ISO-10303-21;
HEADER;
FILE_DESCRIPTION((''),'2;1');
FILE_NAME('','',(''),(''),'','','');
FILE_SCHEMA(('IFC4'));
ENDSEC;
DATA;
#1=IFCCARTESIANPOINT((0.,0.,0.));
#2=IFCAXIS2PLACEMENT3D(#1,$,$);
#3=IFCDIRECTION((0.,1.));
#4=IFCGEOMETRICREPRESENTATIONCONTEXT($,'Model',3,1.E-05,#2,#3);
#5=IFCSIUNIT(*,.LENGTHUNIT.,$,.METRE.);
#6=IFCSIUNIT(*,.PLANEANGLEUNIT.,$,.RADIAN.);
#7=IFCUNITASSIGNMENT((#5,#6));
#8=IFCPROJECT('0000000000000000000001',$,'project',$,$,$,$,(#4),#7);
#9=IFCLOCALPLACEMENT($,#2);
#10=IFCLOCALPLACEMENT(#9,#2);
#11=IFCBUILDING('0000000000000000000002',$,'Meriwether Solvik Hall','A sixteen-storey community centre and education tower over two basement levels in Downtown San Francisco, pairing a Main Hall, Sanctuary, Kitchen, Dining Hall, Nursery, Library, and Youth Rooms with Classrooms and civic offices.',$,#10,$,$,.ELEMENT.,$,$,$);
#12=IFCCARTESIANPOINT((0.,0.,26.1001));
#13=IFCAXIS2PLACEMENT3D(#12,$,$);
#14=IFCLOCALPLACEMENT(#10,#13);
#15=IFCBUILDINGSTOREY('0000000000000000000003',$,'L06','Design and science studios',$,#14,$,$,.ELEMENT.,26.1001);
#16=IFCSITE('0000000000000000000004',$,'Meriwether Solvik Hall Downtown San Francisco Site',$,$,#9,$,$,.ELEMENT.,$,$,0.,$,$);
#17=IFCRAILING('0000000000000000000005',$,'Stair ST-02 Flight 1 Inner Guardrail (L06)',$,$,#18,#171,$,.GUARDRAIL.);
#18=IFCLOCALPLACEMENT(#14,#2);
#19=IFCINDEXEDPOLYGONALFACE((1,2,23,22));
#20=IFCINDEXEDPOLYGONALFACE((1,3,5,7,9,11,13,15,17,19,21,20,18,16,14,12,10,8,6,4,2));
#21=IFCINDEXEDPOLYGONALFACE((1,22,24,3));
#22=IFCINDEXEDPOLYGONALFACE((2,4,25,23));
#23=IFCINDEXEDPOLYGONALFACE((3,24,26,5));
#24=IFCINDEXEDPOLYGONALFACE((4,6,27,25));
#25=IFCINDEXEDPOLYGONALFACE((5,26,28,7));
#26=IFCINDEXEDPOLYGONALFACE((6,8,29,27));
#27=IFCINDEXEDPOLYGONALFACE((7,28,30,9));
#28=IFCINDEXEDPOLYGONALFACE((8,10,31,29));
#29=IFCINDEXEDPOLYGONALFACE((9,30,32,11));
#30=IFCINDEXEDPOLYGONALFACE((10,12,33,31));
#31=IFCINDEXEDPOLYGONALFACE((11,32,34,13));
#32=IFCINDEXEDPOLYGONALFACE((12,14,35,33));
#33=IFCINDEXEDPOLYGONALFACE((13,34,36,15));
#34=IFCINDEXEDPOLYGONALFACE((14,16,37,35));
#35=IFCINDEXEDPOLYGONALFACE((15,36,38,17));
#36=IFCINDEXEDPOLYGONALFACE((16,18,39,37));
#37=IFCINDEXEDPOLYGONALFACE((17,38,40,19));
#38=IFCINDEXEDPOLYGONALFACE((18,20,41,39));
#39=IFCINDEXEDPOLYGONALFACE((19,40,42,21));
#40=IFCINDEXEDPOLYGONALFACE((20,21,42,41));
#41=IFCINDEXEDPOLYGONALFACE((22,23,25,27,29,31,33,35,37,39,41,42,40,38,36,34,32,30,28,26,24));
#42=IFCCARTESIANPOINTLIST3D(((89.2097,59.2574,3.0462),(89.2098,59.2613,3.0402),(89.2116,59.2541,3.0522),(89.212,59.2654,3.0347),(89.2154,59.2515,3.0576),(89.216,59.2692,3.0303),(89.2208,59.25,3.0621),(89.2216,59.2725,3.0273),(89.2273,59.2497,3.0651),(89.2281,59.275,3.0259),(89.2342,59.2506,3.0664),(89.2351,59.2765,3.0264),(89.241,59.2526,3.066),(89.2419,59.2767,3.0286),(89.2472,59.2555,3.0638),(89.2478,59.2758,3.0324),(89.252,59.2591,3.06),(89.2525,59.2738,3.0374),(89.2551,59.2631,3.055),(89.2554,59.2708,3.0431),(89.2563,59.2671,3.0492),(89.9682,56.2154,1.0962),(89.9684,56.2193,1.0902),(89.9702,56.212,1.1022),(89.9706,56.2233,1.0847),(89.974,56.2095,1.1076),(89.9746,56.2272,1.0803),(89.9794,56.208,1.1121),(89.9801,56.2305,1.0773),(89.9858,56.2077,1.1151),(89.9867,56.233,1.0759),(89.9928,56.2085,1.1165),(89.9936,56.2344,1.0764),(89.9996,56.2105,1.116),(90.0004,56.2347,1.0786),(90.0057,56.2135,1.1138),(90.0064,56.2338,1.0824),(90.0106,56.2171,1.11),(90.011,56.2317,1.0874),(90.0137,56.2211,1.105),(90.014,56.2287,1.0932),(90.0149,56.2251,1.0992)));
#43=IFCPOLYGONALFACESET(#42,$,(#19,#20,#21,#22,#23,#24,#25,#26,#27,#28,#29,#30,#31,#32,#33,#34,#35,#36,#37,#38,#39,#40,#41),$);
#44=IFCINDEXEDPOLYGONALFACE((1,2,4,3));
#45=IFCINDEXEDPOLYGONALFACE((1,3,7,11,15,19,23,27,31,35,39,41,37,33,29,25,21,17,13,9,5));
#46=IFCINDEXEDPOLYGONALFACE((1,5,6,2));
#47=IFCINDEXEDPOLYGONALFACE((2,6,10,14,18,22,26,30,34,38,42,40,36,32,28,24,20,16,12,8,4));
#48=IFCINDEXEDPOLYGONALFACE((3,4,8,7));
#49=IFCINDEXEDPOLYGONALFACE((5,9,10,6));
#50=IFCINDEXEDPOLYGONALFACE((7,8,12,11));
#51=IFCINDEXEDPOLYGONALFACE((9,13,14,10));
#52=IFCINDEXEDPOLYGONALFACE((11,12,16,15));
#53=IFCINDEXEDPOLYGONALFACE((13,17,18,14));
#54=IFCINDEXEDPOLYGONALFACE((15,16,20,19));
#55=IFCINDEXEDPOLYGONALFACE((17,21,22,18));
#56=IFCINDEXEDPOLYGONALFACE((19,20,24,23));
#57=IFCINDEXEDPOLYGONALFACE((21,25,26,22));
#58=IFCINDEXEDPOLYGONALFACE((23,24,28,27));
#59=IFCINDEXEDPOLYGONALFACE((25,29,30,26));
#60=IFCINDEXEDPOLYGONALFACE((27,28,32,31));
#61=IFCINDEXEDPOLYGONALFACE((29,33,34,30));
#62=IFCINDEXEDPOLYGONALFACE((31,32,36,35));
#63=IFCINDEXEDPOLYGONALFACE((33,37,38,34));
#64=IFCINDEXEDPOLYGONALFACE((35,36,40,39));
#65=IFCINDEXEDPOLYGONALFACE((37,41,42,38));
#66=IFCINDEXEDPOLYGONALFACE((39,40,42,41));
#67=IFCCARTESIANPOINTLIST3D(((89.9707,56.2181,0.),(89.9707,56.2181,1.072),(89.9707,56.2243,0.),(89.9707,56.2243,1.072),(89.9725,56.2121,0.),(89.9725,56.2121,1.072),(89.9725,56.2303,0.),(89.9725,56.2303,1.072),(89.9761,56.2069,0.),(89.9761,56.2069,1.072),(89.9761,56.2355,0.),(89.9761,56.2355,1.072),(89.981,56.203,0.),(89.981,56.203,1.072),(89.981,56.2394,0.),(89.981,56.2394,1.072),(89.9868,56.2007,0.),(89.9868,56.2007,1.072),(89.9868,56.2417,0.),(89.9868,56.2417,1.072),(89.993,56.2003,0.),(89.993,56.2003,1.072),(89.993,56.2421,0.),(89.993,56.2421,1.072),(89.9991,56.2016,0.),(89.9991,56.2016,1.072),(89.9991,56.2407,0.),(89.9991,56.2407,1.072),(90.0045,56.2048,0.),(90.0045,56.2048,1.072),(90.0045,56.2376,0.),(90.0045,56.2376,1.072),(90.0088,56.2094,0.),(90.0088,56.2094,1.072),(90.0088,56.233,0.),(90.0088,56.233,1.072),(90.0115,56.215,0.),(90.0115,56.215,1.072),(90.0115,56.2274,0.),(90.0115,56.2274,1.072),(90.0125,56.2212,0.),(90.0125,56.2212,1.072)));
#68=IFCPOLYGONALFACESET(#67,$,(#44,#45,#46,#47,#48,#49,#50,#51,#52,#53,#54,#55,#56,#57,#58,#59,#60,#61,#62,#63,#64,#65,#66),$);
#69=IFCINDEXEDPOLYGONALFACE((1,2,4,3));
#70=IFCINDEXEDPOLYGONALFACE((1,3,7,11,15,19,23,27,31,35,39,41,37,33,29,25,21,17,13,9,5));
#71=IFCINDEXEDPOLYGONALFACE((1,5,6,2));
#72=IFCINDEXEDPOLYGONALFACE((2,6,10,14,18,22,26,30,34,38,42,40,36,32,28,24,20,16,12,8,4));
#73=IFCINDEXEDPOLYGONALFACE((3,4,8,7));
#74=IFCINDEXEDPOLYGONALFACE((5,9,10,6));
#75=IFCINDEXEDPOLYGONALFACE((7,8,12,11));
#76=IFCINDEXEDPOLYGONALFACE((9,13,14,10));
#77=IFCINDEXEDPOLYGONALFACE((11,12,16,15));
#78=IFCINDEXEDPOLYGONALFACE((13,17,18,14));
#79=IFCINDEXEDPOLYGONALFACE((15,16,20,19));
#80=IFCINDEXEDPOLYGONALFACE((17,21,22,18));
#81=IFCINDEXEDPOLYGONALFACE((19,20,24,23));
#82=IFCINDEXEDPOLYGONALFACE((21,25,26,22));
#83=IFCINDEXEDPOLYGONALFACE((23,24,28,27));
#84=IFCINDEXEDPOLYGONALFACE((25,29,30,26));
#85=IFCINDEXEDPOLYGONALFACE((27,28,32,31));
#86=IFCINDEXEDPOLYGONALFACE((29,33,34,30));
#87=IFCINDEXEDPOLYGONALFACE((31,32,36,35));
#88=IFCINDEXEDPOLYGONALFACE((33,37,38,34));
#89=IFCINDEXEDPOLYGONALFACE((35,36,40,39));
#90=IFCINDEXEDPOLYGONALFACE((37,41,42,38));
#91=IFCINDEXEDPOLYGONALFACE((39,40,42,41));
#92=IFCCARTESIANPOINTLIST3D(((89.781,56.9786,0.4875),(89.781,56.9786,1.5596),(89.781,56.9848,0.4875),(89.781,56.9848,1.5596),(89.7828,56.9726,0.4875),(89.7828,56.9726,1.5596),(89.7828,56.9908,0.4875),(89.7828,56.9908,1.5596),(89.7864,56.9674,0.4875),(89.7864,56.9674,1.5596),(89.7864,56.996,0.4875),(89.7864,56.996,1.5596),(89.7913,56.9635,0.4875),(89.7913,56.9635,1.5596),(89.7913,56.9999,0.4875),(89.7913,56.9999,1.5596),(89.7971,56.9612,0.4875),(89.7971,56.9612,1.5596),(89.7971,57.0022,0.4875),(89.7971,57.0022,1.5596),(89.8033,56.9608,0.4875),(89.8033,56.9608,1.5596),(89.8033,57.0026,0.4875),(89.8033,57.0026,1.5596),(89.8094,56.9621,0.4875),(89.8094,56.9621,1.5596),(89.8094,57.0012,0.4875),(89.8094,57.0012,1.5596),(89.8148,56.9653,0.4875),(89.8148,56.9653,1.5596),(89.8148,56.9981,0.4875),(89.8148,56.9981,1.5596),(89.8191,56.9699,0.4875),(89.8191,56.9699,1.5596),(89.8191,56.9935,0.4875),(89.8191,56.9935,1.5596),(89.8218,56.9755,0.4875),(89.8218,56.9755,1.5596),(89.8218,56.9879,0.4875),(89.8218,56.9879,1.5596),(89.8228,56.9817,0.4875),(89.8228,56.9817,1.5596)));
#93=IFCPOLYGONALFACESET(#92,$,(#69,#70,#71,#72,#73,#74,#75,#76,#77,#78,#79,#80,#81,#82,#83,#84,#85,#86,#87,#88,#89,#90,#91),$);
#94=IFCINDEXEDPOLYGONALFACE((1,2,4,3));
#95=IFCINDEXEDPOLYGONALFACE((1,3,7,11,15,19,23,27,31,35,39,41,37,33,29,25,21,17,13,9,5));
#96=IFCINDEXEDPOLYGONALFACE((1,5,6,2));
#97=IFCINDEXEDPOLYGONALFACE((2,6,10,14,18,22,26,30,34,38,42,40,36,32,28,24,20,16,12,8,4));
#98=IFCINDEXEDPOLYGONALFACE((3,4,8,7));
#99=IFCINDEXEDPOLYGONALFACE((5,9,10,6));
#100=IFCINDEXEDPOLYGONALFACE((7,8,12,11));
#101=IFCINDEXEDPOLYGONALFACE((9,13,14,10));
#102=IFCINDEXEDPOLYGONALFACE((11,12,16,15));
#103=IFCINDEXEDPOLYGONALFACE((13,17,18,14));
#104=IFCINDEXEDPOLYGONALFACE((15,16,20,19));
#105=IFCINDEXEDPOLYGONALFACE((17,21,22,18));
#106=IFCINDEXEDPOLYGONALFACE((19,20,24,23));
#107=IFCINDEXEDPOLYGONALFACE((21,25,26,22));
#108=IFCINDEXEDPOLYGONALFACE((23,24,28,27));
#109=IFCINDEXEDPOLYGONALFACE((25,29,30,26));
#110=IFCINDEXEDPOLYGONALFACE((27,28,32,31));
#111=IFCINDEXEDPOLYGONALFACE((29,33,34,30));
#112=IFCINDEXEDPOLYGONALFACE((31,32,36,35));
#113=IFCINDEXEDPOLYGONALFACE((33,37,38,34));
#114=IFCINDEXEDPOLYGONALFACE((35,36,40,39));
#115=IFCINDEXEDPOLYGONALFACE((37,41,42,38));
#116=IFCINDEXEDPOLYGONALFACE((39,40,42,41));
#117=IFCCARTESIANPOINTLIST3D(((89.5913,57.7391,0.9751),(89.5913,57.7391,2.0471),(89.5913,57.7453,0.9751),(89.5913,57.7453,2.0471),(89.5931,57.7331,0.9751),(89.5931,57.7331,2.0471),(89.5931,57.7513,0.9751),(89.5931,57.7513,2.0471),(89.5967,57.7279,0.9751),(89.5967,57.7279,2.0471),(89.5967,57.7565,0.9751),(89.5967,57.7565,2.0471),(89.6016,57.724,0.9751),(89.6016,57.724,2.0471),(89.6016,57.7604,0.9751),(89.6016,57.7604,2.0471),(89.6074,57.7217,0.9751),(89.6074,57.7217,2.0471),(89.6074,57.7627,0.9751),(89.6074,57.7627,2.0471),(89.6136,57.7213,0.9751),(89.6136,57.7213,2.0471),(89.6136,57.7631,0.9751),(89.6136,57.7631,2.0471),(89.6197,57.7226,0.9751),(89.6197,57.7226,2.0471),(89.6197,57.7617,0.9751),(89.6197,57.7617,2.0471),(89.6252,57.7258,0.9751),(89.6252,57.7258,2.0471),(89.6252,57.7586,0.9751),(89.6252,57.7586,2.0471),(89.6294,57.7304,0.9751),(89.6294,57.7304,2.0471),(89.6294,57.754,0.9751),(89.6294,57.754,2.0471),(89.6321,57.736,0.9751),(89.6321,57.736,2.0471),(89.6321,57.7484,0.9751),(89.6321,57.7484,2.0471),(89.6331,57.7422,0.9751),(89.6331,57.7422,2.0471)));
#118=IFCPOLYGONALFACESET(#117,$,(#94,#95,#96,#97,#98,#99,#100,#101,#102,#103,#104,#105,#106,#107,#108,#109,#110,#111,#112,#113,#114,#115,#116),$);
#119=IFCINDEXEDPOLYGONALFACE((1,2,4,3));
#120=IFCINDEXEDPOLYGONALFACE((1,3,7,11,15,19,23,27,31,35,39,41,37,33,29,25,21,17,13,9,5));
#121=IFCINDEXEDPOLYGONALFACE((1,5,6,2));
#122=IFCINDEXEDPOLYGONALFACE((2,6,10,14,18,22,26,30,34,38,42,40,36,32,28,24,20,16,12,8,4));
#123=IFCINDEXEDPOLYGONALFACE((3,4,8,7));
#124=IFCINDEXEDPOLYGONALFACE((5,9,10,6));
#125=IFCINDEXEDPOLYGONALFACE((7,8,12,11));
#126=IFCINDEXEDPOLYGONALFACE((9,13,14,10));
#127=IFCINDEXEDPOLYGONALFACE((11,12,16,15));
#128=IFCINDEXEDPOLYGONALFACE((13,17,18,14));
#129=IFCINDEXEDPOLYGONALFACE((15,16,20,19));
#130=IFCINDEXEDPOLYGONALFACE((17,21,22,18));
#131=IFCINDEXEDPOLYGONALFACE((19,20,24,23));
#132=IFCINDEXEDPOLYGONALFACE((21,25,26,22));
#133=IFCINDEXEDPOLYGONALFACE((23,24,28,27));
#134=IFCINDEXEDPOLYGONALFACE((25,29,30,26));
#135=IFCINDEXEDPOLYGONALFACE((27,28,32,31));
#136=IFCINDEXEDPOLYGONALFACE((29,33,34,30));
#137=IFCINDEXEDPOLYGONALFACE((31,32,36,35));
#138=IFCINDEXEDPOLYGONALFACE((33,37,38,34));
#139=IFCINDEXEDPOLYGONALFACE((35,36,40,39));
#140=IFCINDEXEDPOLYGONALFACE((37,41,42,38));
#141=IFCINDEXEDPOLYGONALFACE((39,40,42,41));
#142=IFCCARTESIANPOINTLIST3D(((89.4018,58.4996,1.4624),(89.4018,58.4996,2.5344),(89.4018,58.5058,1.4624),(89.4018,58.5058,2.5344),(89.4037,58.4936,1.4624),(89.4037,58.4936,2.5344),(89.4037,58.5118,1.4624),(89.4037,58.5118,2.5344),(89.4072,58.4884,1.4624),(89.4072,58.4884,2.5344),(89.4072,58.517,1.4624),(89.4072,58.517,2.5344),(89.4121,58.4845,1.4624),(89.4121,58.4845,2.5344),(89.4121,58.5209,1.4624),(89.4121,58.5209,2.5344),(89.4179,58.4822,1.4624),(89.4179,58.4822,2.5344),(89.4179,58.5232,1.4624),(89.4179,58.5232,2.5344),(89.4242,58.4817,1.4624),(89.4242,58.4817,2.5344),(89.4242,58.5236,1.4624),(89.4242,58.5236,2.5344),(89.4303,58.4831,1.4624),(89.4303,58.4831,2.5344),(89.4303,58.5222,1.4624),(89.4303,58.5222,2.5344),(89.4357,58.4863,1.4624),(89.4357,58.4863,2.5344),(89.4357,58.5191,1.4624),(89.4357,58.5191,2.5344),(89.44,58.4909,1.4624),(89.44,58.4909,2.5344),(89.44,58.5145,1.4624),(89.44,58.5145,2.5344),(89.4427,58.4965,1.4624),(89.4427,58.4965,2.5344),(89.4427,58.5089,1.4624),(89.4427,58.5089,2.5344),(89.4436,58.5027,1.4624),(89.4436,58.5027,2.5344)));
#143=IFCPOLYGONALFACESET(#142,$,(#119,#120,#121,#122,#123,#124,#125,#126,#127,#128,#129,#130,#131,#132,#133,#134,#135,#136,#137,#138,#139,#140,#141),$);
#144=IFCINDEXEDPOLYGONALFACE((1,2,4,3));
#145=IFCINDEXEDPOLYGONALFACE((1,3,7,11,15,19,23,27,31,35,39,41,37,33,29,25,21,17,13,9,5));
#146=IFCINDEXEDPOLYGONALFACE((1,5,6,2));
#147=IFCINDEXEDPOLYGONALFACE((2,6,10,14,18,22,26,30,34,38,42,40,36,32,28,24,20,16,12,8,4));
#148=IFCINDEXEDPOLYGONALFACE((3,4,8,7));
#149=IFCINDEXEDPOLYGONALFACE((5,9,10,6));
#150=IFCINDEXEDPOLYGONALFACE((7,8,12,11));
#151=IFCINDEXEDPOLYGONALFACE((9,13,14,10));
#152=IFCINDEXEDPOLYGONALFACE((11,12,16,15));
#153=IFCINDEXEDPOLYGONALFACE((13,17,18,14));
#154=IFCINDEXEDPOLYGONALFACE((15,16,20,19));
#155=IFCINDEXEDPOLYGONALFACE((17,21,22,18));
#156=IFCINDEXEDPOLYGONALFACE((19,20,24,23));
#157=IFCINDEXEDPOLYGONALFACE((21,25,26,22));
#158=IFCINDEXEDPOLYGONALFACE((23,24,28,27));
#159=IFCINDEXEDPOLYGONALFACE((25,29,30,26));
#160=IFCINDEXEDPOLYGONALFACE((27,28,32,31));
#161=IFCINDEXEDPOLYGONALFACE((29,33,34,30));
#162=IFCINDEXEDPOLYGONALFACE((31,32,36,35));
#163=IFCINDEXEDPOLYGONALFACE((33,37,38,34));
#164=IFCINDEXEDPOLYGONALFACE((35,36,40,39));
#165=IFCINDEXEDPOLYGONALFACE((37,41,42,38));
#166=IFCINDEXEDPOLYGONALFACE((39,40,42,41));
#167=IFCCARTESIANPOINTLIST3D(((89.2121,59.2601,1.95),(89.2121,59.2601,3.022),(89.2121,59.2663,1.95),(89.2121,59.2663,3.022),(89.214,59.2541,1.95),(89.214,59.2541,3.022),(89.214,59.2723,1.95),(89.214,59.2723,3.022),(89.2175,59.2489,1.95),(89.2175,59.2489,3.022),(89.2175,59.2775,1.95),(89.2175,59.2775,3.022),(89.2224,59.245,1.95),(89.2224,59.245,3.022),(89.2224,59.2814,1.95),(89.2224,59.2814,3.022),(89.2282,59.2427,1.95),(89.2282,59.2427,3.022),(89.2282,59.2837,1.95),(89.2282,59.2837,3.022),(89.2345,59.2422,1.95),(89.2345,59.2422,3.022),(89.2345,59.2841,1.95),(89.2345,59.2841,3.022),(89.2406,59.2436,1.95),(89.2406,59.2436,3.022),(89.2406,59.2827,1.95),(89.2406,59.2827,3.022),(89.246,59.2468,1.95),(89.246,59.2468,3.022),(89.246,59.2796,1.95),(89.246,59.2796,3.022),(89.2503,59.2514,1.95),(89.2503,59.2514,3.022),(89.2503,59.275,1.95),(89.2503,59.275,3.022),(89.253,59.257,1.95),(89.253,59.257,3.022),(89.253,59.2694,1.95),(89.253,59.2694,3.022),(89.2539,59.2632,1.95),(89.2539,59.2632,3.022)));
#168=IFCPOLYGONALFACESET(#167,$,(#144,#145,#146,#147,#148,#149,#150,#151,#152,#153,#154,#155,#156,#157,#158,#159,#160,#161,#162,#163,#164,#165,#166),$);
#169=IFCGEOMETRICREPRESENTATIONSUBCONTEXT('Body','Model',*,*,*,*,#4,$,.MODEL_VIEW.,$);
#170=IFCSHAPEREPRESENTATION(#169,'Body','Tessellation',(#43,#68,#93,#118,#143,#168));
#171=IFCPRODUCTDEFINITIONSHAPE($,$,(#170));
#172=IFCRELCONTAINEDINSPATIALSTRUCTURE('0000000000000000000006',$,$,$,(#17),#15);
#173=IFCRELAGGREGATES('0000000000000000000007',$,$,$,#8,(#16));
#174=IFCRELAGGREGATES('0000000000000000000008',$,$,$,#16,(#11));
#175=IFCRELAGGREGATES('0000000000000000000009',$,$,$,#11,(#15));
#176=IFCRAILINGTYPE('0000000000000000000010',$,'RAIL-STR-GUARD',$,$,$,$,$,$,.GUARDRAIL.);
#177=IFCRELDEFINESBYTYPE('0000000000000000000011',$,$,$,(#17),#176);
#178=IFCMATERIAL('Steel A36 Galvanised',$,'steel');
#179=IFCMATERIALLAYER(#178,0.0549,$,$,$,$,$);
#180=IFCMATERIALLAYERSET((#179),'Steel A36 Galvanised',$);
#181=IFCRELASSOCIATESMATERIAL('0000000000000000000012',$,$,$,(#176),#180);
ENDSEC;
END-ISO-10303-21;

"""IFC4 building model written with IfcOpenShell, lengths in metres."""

from ifc_helpers import new_model, si_unit, direction, frame, origin, origin_2d, place, context, subcontext, project, spatial, circle, extrude, material, layer, layer_set, type_object, element, save


model = new_model("IFC4")

# Units and contexts
model_context = context("Model", 3, precision=1e-05, world=origin(), true_north=direction((0.0, 1.0)))
body_context = subcontext(model_context, "Body", "Model", "MODEL_VIEW")
ifc_project = project(units=[si_unit("LENGTHUNIT", "METRE"), si_unit("PLANEANGLEUNIT", "RADIAN")], contexts=[model_context])

# Site, building, storey
site_placement = place(None, origin())
site = spatial("IfcSite", under=ifc_project, at=site_placement, Name="Meriwether Solvik Hall Downtown San Francisco Site", CompositionType="ELEMENT", RefElevation=0.0)
building_placement = place(site_placement, origin())
building = spatial("IfcBuilding", under=site, at=building_placement, Name="Meriwether Solvik Hall", Description="A sixteen-storey community centre and education tower over two basement levels in Downtown San Francisco, pairing a Main Hall, Sanctuary, Kitchen, Dining Hall, Nursery, Library, and Youth Rooms with Classrooms and civic offices.", CompositionType="ELEMENT")
storey_placement = place(building_placement, frame((0.0, 0.0, 26.1001)))
storey = spatial("IfcBuildingStorey", under=building, at=storey_placement, Name="L06", Description="Design and science studios", CompositionType="ELEMENT", Elevation=26.1001)

# Railing
ifc_material_1 = material(Name="Steel A36 Galvanised", Category="steel")
ifc_layer_1 = layer(ifc_material_1, 0.0549)
ifc_layer_set_1 = layer_set([ifc_layer_1], Name="Steel A36 Galvanised")
railing_type_1 = type_object("IfcRailingType", Name="RAIL-STR-GUARD", PredefinedType="GUARDRAIL", material=ifc_layer_set_1)
railing_1_placement = place(storey_placement, frame((89.9915, 56.2212, 0.0)))
element("IfcRailing", 1, at=railing_1_placement, inside=storey, type_object=railing_type_1, Name="Stair ST-02 Flight 1 Inner Guardrail (L06)", PredefinedType="GUARDRAIL", context=body_context, shape_type="SweptSolid", body=[
    extrude(circle(Radius=0.0239, at=origin_2d()), frame((0.0, 0.0, 1.0962), z_axis=(-0.205452, 0.823925, 0.528145), x_axis=(-0.970289, -0.241949, 0.0)), (0.0, 0.0, 1.0), 3.6921),
    extrude(circle(Radius=0.021, at=origin_2d()), origin(), (0.0, 0.0, 1.0), 1.072),
    extrude(circle(Radius=0.021, at=origin_2d()), frame((-0.1897, 0.7605, 0.4875)), (0.0, 0.0, 1.0), 1.072),
    extrude(circle(Radius=0.021, at=origin_2d()), frame((-0.3794, 1.521, 0.9751)), (0.0, 0.0, 1.0), 1.072),
    extrude(circle(Radius=0.021, at=origin_2d()), frame((-0.5688, 2.2815, 1.4624)), (0.0, 0.0, 1.0), 1.072),
    extrude(circle(Radius=0.021, at=origin_2d()), frame((-0.7585, 3.042, 1.95)), (0.0, 0.0, 1.0), 1.072),
])

save(model, "model.ifc")
